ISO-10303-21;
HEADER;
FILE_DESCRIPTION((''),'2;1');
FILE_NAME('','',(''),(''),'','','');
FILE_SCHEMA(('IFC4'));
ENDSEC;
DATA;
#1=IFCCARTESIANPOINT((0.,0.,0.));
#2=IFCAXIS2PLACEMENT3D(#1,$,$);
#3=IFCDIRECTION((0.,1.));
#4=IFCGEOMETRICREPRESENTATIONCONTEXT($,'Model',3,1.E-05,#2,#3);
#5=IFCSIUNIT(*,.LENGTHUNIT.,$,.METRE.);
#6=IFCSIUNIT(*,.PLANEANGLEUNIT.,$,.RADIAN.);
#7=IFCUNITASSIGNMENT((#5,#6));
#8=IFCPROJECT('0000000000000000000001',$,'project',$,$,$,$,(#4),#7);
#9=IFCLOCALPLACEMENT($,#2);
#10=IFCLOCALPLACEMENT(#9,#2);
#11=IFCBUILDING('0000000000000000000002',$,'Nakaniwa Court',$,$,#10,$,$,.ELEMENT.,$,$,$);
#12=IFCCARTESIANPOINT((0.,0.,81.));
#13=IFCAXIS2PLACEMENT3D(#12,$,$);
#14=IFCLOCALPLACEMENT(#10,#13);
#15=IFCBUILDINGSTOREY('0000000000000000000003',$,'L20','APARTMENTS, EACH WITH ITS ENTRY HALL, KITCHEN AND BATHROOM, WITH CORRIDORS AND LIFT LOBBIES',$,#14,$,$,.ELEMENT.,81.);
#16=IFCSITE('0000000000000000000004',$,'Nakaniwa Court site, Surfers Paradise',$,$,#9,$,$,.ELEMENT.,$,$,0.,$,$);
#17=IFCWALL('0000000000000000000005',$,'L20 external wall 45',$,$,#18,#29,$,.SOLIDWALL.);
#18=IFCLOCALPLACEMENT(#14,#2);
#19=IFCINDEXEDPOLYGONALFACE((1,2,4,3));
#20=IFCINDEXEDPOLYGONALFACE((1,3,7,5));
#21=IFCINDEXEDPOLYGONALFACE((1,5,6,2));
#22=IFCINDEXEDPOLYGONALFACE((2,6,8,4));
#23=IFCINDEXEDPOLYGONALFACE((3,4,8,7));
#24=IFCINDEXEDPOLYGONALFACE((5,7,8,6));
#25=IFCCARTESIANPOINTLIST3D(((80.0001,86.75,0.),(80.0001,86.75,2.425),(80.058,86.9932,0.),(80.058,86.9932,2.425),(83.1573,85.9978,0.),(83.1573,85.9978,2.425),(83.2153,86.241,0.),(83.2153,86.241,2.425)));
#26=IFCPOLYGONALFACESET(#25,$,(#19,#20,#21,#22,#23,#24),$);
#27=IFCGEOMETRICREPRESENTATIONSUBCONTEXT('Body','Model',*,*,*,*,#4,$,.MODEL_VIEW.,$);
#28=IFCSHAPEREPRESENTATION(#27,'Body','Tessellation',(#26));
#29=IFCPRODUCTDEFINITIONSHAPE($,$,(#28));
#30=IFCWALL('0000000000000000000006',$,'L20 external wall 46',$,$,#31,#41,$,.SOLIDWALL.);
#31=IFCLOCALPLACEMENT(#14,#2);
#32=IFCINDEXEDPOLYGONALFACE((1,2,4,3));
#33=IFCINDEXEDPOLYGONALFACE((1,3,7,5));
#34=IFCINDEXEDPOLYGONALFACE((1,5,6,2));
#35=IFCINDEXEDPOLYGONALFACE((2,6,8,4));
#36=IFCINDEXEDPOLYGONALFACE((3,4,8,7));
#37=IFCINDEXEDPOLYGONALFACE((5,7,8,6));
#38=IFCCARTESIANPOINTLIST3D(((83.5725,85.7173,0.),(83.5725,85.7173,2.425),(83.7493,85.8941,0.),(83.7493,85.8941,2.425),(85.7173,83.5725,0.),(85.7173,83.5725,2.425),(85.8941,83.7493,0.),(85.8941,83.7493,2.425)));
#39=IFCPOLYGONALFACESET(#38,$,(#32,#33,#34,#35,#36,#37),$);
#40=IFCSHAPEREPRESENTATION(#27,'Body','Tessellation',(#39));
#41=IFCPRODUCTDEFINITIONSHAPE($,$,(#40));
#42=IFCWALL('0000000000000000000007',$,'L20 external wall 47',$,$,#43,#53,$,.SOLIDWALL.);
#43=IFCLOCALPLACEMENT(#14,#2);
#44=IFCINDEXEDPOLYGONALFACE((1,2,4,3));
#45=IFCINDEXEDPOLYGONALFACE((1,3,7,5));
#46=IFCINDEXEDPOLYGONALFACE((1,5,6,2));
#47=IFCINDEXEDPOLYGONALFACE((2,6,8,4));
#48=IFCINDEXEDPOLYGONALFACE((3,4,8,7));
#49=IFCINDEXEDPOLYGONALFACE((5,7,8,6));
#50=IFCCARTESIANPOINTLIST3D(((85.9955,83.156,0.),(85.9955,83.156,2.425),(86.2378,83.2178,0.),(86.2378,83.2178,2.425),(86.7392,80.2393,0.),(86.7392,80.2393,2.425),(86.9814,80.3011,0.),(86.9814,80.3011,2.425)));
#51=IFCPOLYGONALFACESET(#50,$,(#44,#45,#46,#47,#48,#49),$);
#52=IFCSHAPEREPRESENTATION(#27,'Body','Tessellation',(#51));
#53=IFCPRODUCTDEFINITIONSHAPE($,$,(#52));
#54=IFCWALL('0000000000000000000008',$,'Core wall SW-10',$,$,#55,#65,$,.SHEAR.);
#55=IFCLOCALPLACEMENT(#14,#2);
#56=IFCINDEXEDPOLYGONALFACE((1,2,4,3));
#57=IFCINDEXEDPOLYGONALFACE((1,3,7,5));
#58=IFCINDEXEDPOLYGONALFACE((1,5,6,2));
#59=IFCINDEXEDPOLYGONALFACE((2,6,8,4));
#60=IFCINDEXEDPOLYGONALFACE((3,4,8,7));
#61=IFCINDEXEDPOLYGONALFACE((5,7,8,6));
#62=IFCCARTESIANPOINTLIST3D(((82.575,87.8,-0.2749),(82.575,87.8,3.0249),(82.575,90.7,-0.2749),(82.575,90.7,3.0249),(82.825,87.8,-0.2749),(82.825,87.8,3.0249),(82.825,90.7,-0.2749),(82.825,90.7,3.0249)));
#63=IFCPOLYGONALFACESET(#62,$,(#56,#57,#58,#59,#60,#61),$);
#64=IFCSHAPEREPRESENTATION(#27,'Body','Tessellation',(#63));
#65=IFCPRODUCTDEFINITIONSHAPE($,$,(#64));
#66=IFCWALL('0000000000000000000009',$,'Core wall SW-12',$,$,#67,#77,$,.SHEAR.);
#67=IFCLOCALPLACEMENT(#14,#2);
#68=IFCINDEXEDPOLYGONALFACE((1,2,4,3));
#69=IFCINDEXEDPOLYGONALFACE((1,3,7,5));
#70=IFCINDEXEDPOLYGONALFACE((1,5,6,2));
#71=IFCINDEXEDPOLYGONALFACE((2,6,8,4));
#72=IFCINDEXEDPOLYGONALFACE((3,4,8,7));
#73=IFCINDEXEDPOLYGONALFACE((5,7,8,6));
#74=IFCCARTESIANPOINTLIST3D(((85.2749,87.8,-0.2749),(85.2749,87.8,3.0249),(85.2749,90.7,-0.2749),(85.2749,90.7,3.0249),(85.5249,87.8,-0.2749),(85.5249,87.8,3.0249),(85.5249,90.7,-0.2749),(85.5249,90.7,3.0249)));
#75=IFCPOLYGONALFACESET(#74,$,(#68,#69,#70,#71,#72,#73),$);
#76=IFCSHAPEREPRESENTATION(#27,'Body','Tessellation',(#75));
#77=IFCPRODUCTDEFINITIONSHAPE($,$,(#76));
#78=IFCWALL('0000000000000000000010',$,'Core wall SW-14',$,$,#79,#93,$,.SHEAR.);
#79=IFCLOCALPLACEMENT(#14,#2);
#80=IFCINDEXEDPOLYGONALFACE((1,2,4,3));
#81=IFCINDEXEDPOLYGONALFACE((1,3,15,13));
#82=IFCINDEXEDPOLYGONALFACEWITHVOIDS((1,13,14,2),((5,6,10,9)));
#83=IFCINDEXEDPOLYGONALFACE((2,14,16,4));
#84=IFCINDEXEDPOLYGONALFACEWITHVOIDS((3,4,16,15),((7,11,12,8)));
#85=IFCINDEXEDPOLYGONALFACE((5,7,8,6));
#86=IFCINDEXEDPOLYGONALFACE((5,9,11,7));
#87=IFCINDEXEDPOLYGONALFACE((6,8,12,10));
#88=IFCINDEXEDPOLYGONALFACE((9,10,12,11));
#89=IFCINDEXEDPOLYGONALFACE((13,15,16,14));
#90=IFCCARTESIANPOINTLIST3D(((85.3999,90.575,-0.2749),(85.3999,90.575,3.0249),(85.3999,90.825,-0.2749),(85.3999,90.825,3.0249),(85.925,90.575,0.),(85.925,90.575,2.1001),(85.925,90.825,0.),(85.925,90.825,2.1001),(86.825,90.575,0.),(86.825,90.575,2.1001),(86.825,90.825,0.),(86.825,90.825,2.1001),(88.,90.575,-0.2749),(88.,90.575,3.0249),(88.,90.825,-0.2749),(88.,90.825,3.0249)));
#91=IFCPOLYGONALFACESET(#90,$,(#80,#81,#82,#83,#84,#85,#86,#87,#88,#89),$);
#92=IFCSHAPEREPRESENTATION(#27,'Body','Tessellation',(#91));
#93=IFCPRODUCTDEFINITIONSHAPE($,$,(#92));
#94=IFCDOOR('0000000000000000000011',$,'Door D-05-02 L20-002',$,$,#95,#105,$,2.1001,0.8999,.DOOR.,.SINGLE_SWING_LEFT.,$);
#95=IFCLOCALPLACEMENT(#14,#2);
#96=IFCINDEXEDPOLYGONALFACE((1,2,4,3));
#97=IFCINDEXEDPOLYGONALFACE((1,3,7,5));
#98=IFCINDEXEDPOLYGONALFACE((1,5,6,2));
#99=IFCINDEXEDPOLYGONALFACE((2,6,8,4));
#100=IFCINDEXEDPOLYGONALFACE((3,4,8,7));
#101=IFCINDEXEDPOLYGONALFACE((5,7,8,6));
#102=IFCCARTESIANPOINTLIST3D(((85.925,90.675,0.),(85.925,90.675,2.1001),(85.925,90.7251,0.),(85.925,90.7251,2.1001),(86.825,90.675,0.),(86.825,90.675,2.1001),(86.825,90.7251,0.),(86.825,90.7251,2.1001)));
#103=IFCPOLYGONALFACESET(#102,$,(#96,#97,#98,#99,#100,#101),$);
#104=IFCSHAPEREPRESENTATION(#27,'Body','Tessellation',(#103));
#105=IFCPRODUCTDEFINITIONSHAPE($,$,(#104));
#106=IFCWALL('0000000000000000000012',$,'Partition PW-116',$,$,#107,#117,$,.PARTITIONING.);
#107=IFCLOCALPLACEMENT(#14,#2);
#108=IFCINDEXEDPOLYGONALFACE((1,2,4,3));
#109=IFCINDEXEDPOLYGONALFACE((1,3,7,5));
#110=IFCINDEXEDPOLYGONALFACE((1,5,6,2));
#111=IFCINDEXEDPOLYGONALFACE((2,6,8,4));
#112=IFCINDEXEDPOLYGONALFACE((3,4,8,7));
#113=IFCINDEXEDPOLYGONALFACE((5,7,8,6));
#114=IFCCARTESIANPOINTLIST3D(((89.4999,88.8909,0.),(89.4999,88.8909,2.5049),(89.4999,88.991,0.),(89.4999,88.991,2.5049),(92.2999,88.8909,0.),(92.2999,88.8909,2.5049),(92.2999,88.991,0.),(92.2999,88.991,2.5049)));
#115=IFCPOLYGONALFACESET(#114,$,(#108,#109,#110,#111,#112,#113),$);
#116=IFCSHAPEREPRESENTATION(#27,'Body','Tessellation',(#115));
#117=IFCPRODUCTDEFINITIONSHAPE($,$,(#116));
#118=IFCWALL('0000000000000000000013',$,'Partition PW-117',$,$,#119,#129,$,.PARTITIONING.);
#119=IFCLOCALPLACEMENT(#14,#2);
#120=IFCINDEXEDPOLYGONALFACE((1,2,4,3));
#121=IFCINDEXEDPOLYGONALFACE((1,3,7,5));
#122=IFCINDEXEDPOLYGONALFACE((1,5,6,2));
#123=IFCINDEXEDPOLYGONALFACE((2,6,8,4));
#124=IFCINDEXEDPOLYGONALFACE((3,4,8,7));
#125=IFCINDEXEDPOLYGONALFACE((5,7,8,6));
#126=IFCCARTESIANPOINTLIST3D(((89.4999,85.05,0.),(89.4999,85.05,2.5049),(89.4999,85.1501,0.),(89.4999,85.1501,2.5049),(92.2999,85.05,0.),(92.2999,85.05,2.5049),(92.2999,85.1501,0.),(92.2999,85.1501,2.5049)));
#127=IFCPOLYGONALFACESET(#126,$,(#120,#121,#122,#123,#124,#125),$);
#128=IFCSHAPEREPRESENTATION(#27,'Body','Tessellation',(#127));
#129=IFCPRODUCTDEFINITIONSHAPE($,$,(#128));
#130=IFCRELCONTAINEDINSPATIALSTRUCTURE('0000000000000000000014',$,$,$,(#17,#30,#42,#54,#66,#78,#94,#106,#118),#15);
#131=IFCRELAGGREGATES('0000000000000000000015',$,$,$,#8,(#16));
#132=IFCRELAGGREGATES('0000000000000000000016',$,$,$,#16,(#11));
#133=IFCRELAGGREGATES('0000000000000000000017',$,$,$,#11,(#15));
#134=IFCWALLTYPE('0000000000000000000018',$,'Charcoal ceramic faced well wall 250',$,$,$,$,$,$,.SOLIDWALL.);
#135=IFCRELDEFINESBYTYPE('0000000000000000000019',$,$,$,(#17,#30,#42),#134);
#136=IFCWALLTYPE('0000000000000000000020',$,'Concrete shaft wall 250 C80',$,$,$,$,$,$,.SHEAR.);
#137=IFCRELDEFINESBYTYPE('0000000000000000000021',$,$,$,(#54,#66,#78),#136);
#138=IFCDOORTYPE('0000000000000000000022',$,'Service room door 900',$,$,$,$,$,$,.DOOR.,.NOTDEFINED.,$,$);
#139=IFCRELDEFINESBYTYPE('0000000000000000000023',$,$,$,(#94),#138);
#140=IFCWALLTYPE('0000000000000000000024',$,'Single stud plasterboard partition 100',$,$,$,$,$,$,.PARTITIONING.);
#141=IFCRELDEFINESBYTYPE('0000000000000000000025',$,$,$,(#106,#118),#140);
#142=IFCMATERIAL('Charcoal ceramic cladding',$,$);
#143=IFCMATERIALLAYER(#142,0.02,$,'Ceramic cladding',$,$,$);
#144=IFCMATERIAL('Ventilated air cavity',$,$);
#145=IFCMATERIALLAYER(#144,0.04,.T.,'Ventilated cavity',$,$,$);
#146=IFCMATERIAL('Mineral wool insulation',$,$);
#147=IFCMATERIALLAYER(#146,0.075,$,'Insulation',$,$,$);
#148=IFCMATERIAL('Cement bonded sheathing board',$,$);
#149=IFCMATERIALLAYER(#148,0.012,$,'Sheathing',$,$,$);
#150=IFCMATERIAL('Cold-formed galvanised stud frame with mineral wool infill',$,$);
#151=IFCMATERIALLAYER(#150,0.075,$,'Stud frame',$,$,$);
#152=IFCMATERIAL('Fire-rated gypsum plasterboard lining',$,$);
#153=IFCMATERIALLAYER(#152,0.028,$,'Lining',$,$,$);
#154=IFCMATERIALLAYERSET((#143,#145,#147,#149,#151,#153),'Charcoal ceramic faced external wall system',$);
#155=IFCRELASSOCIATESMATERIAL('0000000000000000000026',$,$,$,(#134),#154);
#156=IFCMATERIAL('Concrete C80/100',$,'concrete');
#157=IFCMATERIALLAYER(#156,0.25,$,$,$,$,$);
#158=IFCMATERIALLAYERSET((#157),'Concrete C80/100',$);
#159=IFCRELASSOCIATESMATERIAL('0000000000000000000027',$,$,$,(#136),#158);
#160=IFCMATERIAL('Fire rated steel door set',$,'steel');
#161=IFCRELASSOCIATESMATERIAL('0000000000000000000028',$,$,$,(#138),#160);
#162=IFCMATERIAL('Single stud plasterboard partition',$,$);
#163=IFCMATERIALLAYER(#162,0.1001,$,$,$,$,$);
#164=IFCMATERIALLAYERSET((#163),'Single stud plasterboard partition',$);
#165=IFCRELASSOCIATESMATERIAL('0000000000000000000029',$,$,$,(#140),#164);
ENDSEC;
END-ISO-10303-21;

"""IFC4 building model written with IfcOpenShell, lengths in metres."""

from ifc_helpers import new_model, si_unit, direction, frame, frame_2d, origin, place, context, subcontext, project, spatial, rectangle, extrude, material, layer, layer_set, type_object, element, fill, save


model = new_model("IFC4")

# Units and contexts
model_context = context("Model", 3, precision=1e-05, world=origin(), true_north=direction((0.0, 1.0)))
body_context = subcontext(model_context, "Body", "Model", "MODEL_VIEW")
ifc_project = project(units=[si_unit("LENGTHUNIT", "METRE"), si_unit("PLANEANGLEUNIT", "RADIAN")], contexts=[model_context])

# Site, building, storey
site_placement = place(None, origin())
site = spatial("IfcSite", under=ifc_project, at=site_placement, Name="Nakaniwa Court site, Surfers Paradise", CompositionType="ELEMENT", RefElevation=0.0)
building_placement = place(site_placement, origin())
building = spatial("IfcBuilding", under=site, at=building_placement, Name="Nakaniwa Court", CompositionType="ELEMENT")
storey_placement = place(building_placement, frame((0.0, 0.0, 81.0)))
storey = spatial("IfcBuildingStorey", under=building, at=storey_placement, Name="L20", Description="APARTMENTS, EACH WITH ITS ENTRY HALL, KITCHEN AND BATHROOM, WITH CORRIDORS AND LIFT LOBBIES", CompositionType="ELEMENT", Elevation=81.0)

# Shared definitions
ifc_material_1 = material(Name="Concrete C80/100", Category="concrete")

# Walls
ifc_material_2 = material(Name="Charcoal ceramic cladding")
ifc_layer_1 = layer(ifc_material_2, 0.02, Name="Ceramic cladding")
ifc_material_3 = material(Name="Ventilated air cavity")
ifc_layer_2 = layer(ifc_material_3, 0.04, ventilated=True, Name="Ventilated cavity")
ifc_material_4 = material(Name="Mineral wool insulation")
ifc_layer_3 = layer(ifc_material_4, 0.075, Name="Insulation")
ifc_material_5 = material(Name="Cement bonded sheathing board")
ifc_layer_4 = layer(ifc_material_5, 0.012, Name="Sheathing")
ifc_material_6 = material(Name="Cold-formed galvanised stud frame with mineral wool infill")
ifc_layer_5 = layer(ifc_material_6, 0.075, Name="Stud frame")
ifc_material_7 = material(Name="Fire-rated gypsum plasterboard lining")
ifc_layer_6 = layer(ifc_material_7, 0.028, Name="Lining")
ifc_layer_set_1 = layer_set([ifc_layer_1, ifc_layer_2, ifc_layer_3, ifc_layer_4, ifc_layer_5, ifc_layer_6], Name="Charcoal ceramic faced external wall system")
wall_type_1 = type_object("IfcWallType", Name="Charcoal ceramic faced well wall 250", PredefinedType="SOLIDWALL", material=ifc_layer_set_1)
wall_1_placement = place(storey_placement, frame((80.0291, 86.8716, 0.0), z_axis=(0.0, 0.0, 1.0), x_axis=(0.972773, -0.23176, 0.0)))
element("IfcWall", 1, at=wall_1_placement, inside=storey, type_object=wall_type_1, Name="L20 external wall 45", PredefinedType="SOLIDWALL", context=body_context, shape_type="SweptSolid", body=[
    extrude(rectangle(XDim=3.2456, YDim=0.25, at=frame_2d((1.6228, 0.0))), origin(), (0.0, 0.0, 1.0), 2.425),
])
wall_2_placement = place(storey_placement, frame((83.6609, 85.8057, 0.0), z_axis=(0.0, 0.0, 1.0), x_axis=(0.707107, -0.707107, 0.0)))
element("IfcWall", 2, at=wall_2_placement, inside=storey, type_object=wall_type_1, Name="L20 external wall 46", PredefinedType="SOLIDWALL", context=body_context, shape_type="SweptSolid", body=[
    extrude(rectangle(XDim=3.0332, YDim=0.25, at=frame_2d((1.5166, 0.0))), origin(), (0.0, 0.0, 1.0), 2.425),
])
wall_3_placement = place(storey_placement, frame((86.1167, 83.1868, 0.0), z_axis=(0.0, 0.0, 1.0), x_axis=(0.247056, -0.969001, 0.0)))
element("IfcWall", 3, at=wall_3_placement, inside=storey, type_object=wall_type_1, Name="L20 external wall 47", PredefinedType="SOLIDWALL", context=body_context, shape_type="SweptSolid", body=[
    extrude(rectangle(XDim=3.01, YDim=0.25, at=frame_2d((1.5049, 0.0))), origin(), (0.0, 0.0, 1.0), 2.425),
])
ifc_layer_7 = layer(ifc_material_1, 0.25)
ifc_layer_set_2 = layer_set([ifc_layer_7], Name="Concrete C80/100")
wall_type_2 = type_object("IfcWallType", Name="Concrete shaft wall 250 C80", PredefinedType="SHEAR", material=ifc_layer_set_2)
for number, where, z_axis, x_axis, name in (
    (4, (82.7, 87.8, -0.2749), (0.0, 0.0, 1.0), (0.0, 1.0, 0.0), "Core wall SW-10"),
    (5, (85.3999, 87.8, -0.2749), (0.0, 0.0, 1.0), (0.0, 1.0, 0.0), "Core wall SW-12"),
):
    element("IfcWall", number, at=place(storey_placement, frame(where, z_axis=z_axis, x_axis=x_axis)), inside=storey, type_object=wall_type_2, Name=name, PredefinedType="SHEAR", context=body_context, shape_type="SweptSolid", body=[
        extrude(rectangle(XDim=2.8999, YDim=0.25, at=frame_2d((1.45, 0.0))), origin(), (0.0, 0.0, 1.0), 3.2998),
    ])

# Wall, opening, door
wall_4_placement = place(storey_placement, frame((88.0, 90.7, -0.2749), z_axis=(0.0, 0.0, 1.0), x_axis=(-1.0, 0.0, 0.0)))
wall_4 = element("IfcWall", 6, at=wall_4_placement, inside=storey, type_object=wall_type_2, Name="Core wall SW-14", PredefinedType="SHEAR", context=body_context, shape_type="SweptSolid", body=[
    extrude(rectangle(XDim=2.6001, YDim=0.25, at=frame_2d((1.3, 0.0))), origin(), (0.0, 0.0, 1.0), 3.2998),
])
opening_1_placement = place(wall_4_placement, frame((1.175, 0.0, 0.2749)))
opening_1 = element("IfcOpeningElement", 7, at=opening_1_placement, cuts=wall_4, PredefinedType="OPENING", context=body_context, shape_type="SweptSolid", body=[
    extrude(rectangle(XDim=0.8999, YDim=2.1001, at=frame_2d((0.45, 1.05))), frame((0.0, 0.135, 0.0), z_axis=(0.0, -1.0, 0.0), x_axis=(1.0, 0.0, 0.0)), (0.0, 0.0, 1.0), 0.27),
])
ifc_material_8 = material(Name="Fire rated steel door set", Category="steel")
door_type_1 = type_object("IfcDoorType", Name="Service room door 900", OperationType="NOTDEFINED", PredefinedType="DOOR", material=ifc_material_8)
door_1_placement = place(opening_1_placement, origin())
door_1 = element("IfcDoor", 8, at=door_1_placement, inside=storey, type_object=door_type_1, Name="Door D-05-02 L20-002", OperationType="SINGLE_SWING_LEFT", OverallHeight=2.1001, OverallWidth=0.8999, PredefinedType="DOOR", context=body_context, shape_type="SweptSolid", body=[
    extrude(rectangle(XDim=0.8999, YDim=2.1001, at=frame_2d((0.45, 1.05))), frame((0.0, 0.0249, 0.0), z_axis=(0.0, -1.0, 0.0), x_axis=(1.0, 0.0, 0.0)), (0.0, 0.0, 1.0), 0.05),
])
fill(opening_1, door_1)

# Walls
ifc_material_9 = material(Name="Single stud plasterboard partition")
ifc_layer_8 = layer(ifc_material_9, 0.1001)
ifc_layer_set_3 = layer_set([ifc_layer_8], Name="Single stud plasterboard partition")
wall_type_3 = type_object("IfcWallType", Name="Single stud plasterboard partition 100", PredefinedType="PARTITIONING", material=ifc_layer_set_3)
for number, where, z_axis, x_axis, name in (
    (9, (89.5, 88.9409, 0.0), (0.0, 0.0, 1.0), (1.0, 0.0, 0.0), "Partition PW-116"),
    (10, (89.5, 85.1001, 0.0), (0.0, 0.0, 1.0), (1.0, 0.0, 0.0), "Partition PW-117"),
):
    element("IfcWall", number, at=place(storey_placement, frame(where, z_axis=z_axis, x_axis=x_axis)), inside=storey, type_object=wall_type_3, Name=name, PredefinedType="PARTITIONING", context=body_context, shape_type="SweptSolid", body=[
        extrude(rectangle(XDim=2.8, YDim=0.1001, at=frame_2d((1.3999, 0.0))), origin(), (0.0, 0.0, 1.0), 2.5049),
    ])

save(model, "model.ifc")
